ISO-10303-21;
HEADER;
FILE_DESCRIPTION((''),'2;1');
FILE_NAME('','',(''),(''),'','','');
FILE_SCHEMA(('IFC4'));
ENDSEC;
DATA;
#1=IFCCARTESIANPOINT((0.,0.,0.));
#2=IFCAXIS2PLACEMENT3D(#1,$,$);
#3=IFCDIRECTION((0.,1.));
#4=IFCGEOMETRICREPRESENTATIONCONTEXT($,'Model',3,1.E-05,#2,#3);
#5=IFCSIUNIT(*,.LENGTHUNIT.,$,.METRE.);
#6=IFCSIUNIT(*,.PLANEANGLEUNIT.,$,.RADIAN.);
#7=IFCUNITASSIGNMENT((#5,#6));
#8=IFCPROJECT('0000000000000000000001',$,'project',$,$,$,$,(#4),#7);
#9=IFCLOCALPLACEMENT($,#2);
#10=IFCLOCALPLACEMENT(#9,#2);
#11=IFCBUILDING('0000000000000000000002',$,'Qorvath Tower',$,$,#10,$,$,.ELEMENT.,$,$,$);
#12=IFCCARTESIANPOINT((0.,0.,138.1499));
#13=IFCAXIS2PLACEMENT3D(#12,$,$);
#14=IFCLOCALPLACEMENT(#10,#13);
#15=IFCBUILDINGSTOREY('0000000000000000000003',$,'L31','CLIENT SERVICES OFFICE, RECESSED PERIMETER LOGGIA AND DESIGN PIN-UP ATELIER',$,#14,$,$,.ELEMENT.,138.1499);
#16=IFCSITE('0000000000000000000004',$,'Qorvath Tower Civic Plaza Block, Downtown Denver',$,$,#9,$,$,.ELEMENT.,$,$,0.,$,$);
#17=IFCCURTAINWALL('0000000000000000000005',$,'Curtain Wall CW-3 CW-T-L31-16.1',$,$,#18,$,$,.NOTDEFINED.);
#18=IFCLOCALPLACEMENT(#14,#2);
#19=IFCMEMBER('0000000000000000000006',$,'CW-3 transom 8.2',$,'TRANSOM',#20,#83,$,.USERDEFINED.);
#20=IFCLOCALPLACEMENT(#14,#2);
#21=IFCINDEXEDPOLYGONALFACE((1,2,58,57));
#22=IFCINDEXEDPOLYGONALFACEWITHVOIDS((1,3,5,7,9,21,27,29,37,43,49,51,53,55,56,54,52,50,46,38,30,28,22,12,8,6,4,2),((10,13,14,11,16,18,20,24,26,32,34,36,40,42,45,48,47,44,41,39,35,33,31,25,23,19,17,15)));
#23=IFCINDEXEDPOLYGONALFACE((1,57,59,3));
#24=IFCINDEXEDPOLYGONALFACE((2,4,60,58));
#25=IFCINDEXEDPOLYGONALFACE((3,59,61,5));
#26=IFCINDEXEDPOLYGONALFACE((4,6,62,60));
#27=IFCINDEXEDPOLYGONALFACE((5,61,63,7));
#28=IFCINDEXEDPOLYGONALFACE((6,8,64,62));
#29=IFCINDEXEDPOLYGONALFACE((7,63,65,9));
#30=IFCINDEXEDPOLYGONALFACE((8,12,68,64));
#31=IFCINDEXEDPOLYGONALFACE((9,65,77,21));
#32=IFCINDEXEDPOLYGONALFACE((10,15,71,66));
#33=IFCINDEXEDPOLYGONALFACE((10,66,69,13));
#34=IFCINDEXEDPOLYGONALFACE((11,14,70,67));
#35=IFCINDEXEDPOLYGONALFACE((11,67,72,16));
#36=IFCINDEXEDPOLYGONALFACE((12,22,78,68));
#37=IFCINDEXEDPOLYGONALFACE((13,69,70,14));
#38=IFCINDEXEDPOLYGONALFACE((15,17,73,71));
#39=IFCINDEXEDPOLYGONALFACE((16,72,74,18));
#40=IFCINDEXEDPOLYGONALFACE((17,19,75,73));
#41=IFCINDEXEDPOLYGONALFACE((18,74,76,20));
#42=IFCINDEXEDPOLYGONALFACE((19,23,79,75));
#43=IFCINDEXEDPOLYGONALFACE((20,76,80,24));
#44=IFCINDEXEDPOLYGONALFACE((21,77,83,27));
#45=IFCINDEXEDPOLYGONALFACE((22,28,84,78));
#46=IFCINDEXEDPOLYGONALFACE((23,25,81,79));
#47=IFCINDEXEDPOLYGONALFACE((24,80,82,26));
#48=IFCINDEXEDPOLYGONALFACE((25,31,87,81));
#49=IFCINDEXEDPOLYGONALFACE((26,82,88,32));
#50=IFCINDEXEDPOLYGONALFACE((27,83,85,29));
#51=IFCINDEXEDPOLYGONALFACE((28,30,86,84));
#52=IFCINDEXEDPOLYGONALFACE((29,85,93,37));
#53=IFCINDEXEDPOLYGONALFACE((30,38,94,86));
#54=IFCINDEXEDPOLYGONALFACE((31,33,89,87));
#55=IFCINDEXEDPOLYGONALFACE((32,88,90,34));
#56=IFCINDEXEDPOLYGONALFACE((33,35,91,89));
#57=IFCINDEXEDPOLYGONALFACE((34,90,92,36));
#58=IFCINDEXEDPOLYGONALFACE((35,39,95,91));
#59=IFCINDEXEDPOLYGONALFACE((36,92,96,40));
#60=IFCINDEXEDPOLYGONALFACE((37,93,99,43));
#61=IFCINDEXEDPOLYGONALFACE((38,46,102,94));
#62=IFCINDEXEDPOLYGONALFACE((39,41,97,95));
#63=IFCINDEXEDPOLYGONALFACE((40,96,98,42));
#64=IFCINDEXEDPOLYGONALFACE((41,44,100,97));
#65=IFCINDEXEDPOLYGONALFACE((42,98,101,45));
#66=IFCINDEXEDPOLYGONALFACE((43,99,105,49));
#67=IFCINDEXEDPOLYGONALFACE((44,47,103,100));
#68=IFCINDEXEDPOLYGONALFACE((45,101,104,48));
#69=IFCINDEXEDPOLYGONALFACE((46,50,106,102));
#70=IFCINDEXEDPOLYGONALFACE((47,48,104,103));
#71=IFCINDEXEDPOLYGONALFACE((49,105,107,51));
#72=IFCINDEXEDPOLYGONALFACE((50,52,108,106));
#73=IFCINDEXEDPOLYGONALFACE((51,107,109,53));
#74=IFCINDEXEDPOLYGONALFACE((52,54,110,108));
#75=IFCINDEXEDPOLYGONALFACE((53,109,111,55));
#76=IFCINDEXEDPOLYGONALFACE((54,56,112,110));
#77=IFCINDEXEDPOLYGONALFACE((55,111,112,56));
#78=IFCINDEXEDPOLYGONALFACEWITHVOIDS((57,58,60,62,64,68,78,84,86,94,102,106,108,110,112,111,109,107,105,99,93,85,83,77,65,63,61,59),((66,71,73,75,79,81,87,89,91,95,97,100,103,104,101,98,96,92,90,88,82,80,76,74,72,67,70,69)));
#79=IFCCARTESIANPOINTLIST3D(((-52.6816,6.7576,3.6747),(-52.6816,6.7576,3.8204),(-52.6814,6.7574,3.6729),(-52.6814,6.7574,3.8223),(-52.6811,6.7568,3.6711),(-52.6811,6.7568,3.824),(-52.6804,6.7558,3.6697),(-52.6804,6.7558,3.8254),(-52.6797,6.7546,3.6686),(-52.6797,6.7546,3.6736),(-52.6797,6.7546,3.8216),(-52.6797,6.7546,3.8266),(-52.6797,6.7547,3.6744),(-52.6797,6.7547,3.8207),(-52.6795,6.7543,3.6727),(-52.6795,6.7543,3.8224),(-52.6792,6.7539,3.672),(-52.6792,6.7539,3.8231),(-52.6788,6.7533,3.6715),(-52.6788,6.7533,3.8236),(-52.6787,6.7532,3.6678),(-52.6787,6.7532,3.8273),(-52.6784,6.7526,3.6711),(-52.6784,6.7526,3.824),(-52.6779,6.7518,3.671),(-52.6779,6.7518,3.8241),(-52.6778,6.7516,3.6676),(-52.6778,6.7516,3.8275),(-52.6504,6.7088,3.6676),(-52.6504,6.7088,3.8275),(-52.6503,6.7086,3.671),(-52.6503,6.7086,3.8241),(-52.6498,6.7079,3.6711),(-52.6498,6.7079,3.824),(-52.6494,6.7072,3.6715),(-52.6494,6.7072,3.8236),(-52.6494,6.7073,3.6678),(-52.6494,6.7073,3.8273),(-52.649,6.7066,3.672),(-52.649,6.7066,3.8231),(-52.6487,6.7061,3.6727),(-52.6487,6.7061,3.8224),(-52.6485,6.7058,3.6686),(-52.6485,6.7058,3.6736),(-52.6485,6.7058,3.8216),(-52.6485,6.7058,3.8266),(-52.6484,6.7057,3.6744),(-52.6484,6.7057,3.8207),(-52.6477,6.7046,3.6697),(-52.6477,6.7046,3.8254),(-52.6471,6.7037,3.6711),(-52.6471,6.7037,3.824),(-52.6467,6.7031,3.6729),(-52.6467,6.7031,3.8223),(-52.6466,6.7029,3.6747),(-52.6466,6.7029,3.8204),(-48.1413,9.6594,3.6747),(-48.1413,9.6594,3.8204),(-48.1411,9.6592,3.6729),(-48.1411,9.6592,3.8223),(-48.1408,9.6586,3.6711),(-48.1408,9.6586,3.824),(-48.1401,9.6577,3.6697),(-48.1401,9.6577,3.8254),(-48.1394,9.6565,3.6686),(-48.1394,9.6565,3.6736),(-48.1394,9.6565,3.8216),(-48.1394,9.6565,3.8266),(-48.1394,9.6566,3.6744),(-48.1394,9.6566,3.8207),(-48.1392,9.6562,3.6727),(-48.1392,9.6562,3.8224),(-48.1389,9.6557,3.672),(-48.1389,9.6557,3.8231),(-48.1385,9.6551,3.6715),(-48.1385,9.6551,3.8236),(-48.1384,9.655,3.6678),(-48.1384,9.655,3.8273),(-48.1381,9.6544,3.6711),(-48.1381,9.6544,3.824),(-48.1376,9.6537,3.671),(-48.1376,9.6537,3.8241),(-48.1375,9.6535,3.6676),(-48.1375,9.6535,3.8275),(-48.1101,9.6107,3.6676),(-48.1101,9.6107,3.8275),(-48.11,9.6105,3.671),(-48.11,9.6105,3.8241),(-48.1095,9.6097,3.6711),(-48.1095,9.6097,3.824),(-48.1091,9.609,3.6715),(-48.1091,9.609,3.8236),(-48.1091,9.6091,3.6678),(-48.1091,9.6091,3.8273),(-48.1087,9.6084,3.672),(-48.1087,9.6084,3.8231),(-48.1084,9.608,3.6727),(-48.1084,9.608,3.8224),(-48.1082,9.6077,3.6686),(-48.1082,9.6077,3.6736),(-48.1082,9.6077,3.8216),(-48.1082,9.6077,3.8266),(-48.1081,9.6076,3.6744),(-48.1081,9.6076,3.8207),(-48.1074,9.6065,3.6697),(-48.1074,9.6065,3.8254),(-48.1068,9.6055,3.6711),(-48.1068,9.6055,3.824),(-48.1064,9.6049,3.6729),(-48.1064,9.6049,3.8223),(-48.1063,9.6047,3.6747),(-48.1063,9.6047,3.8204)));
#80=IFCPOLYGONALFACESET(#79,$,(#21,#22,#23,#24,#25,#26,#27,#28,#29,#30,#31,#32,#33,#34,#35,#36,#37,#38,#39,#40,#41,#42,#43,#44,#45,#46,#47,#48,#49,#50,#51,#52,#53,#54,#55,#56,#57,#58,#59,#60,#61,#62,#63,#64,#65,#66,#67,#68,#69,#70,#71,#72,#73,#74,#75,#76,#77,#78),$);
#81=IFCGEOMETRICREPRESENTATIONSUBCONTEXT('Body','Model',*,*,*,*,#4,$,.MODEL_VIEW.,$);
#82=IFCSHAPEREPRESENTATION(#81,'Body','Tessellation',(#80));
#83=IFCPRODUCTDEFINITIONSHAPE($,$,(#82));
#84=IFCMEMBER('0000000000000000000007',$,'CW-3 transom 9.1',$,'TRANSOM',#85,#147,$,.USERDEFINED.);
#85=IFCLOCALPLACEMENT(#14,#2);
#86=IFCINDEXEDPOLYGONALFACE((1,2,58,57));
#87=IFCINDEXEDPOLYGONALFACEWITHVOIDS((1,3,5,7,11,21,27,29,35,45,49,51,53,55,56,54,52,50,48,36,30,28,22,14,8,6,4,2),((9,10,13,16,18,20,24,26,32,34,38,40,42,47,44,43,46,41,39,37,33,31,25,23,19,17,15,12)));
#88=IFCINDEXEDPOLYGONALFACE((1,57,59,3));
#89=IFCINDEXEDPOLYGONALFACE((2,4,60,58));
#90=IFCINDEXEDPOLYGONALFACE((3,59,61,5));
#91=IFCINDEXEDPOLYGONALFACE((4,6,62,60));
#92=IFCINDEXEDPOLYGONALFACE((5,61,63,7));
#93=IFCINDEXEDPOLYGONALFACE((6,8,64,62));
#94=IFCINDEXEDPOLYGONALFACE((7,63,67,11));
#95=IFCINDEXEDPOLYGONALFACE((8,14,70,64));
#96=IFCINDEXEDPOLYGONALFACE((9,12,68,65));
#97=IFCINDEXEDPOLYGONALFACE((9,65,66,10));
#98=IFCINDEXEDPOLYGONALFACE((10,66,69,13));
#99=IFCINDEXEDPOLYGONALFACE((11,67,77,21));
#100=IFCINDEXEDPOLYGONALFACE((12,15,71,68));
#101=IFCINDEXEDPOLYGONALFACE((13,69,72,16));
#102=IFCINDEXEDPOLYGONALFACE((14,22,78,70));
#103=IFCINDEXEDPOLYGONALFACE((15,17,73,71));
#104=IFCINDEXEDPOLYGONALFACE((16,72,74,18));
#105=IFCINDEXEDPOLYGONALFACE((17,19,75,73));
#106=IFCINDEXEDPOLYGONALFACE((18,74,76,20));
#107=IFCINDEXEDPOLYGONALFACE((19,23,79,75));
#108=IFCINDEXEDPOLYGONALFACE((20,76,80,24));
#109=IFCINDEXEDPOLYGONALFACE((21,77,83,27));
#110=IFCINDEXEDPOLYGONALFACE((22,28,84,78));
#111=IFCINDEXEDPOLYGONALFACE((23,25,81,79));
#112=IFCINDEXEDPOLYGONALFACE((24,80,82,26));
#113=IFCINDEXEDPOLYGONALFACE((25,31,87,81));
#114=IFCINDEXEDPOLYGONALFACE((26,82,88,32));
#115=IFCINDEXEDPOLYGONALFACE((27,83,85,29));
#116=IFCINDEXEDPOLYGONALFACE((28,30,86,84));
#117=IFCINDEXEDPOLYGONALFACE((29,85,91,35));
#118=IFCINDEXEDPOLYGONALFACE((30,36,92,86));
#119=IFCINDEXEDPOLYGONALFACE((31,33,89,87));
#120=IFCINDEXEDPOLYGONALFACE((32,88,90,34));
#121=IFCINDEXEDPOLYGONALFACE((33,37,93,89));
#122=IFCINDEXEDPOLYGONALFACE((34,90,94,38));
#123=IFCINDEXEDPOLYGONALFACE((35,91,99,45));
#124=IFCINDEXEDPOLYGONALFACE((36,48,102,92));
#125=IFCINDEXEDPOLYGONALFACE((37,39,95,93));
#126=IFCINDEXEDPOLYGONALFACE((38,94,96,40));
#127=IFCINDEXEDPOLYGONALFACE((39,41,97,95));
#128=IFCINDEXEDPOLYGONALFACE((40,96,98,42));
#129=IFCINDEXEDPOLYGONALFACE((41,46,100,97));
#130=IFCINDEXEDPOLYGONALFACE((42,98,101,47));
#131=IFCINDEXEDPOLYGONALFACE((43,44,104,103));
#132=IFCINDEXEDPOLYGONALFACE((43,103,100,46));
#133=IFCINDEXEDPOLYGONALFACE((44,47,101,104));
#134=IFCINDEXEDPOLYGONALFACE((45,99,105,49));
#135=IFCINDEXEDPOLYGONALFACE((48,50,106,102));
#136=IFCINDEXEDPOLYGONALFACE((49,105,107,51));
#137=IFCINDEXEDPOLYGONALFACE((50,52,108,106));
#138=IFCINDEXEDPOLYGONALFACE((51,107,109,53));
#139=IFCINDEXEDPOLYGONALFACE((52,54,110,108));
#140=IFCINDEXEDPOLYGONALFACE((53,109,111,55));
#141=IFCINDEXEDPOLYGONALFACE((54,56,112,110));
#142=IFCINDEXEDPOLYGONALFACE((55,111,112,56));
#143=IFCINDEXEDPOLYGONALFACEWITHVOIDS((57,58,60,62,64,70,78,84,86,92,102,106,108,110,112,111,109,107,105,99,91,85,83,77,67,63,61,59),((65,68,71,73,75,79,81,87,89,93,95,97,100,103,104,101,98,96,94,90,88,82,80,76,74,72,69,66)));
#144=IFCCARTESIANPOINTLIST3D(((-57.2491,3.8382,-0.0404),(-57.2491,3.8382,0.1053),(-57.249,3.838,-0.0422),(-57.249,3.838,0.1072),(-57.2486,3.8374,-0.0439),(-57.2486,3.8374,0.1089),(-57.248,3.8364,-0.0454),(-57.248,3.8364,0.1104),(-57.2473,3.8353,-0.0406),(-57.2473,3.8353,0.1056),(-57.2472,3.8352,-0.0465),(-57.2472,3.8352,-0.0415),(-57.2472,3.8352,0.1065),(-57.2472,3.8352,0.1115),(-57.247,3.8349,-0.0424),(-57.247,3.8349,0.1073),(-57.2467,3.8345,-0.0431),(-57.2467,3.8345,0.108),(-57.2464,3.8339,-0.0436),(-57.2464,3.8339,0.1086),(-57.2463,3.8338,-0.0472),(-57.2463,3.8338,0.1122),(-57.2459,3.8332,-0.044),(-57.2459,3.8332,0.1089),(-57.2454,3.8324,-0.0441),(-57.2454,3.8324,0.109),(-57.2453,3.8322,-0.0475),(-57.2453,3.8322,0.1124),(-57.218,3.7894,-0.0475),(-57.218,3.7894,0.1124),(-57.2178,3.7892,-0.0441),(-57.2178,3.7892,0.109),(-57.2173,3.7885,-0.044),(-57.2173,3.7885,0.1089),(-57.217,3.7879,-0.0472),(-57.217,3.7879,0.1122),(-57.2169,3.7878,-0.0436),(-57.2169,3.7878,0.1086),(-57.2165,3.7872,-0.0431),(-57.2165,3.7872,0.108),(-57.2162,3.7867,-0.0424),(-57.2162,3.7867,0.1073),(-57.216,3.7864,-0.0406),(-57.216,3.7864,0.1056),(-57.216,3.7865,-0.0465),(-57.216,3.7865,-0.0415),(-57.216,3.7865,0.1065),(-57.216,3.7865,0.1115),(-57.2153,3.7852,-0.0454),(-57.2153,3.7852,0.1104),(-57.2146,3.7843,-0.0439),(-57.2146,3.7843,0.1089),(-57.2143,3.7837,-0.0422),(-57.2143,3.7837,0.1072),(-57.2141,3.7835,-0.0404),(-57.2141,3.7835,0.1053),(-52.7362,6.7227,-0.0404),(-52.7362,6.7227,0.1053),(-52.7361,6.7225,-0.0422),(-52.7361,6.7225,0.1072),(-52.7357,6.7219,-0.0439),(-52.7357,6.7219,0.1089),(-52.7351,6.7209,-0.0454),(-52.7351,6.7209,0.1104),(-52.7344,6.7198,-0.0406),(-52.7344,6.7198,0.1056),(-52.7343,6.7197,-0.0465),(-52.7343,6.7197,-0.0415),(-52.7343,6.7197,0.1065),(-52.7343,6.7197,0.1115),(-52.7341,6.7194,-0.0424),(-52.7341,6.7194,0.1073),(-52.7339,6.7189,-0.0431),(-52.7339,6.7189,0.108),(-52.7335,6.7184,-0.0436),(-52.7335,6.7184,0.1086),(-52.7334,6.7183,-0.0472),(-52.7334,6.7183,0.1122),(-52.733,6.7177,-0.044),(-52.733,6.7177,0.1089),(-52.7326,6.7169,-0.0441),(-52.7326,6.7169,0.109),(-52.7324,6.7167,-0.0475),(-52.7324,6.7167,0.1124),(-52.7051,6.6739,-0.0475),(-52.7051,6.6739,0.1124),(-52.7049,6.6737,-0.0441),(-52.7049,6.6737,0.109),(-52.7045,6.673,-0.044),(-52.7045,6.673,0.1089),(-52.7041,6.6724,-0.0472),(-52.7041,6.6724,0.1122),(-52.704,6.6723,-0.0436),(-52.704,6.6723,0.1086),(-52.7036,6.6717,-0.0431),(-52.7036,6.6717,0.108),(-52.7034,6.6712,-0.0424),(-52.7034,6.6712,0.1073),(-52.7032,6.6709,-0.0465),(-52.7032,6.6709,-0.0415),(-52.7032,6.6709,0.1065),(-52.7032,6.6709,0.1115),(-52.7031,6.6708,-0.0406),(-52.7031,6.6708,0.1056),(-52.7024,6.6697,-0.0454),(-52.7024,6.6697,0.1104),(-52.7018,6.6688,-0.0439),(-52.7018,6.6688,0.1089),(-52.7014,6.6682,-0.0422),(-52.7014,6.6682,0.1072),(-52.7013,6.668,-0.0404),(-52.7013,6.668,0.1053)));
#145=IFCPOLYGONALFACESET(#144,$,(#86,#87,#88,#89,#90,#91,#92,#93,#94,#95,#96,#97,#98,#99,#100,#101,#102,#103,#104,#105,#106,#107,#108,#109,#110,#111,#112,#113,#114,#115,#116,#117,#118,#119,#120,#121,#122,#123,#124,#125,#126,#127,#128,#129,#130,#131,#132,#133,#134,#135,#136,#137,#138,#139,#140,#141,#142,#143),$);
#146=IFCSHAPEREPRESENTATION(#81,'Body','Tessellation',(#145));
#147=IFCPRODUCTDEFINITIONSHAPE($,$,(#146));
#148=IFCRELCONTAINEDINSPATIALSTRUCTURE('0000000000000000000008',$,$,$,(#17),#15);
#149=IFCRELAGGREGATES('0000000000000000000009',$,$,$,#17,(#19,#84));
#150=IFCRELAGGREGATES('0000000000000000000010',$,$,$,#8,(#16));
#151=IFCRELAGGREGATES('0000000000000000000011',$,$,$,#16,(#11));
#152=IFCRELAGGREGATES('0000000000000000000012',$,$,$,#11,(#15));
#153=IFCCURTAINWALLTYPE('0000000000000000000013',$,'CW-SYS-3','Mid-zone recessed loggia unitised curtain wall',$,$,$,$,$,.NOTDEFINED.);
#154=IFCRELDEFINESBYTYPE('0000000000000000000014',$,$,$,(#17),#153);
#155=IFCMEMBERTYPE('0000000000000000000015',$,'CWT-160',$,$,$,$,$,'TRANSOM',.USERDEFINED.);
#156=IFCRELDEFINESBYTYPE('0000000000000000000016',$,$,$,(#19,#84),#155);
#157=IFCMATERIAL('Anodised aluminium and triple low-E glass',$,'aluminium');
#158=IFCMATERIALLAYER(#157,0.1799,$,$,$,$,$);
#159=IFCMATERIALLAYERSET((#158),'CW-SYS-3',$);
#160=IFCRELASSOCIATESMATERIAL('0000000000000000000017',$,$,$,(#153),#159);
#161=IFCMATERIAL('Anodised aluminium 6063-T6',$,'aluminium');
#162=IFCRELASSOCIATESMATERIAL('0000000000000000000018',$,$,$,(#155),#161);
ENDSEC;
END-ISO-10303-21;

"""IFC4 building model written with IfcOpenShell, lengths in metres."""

from ifc_helpers import new_model, si_unit, direction, frame, origin, origin_2d, place, context, subcontext, project, spatial, hollow_rectangle, extrude, material, layer, layer_set, material_profile, profile_set, type_object, element, aggregate, save


model = new_model("IFC4")

# Units and contexts
model_context = context("Model", 3, precision=1e-05, world=origin(), true_north=direction((0.0, 1.0)))
body_context = subcontext(model_context, "Body", "Model", "MODEL_VIEW")
ifc_project = project(units=[si_unit("LENGTHUNIT", "METRE"), si_unit("PLANEANGLEUNIT", "RADIAN")], contexts=[model_context])

# Site, building, storey
site_placement = place(None, origin())
site = spatial("IfcSite", under=ifc_project, at=site_placement, Name="Qorvath Tower Civic Plaza Block, Downtown Denver", CompositionType="ELEMENT", RefElevation=0.0)
building_placement = place(site_placement, origin())
building = spatial("IfcBuilding", under=site, at=building_placement, Name="Qorvath Tower", CompositionType="ELEMENT")
storey_placement = place(building_placement, frame((0.0, 0.0, 138.1499)))
storey = spatial("IfcBuildingStorey", under=building, at=storey_placement, Name="L31", Description="CLIENT SERVICES OFFICE, RECESSED PERIMETER LOGGIA AND DESIGN PIN-UP ATELIER", CompositionType="ELEMENT", Elevation=138.1499)

# Curtain wall, members
ifc_material_1 = material(Name="Anodised aluminium and triple low-E glass", Category="aluminium")
ifc_layer_1 = layer(ifc_material_1, 0.1799)
ifc_layer_set_1 = layer_set([ifc_layer_1], Name="CW-SYS-3")
curtain_wall_type = type_object("IfcCurtainWallType", Name="CW-SYS-3", Description="Mid-zone recessed loggia unitised curtain wall", PredefinedType="NOTDEFINED", material=ifc_layer_set_1)
curtain_wall_placement = place(storey_placement, origin())
curtain_wall = element("IfcCurtainWall", 1, at=curtain_wall_placement, inside=storey, type_object=curtain_wall_type, Name="Curtain Wall CW-3 CW-T-L31-16.1", PredefinedType="NOTDEFINED")
ifc_material_2 = material(Name="Anodised aluminium 6063-T6", Category="aluminium")
ifc_material_profile_1 = material_profile(ifc_material_2, hollow_rectangle(XDim=0.0649, YDim=0.1599, WallThickness=0.0034, InnerFilletRadius=0.0034, OuterFilletRadius=0.0071, at=origin_2d()), Name="CWT 160x65")
ifc_profile_set_1 = profile_set([ifc_material_profile_1], Name="Anodised aluminium 6063-T6")
member_type_1 = type_object("IfcMemberType", Name="CWT-160", ElementType="TRANSOM", PredefinedType="USERDEFINED", material=ifc_profile_set_1)
member_1_placement = place(storey_placement, frame((-48.1238, 9.6321, 3.7476), z_axis=(-0.842602, -0.538537, 0.0), x_axis=(0.538537, -0.842602, 0.0)))
member_1 = element("IfcMember", 2, at=member_1_placement, type_object=member_type_1, Name="CW-3 transom 8.2", ObjectType="TRANSOM", PredefinedType="USERDEFINED", context=body_context, shape_type="SweptSolid", body=[
    extrude(hollow_rectangle(XDim=0.0649, YDim=0.1599, WallThickness=0.0034, InnerFilletRadius=0.0034, OuterFilletRadius=0.0071, at=origin_2d()), origin(), (0.0, 0.0, 1.0), 5.3884),
])
member_2_placement = place(storey_placement, frame((-52.7188, 6.6953, 0.0325), z_axis=(-0.84259, -0.538556, 0.0), x_axis=(0.538556, -0.84259, 0.0)))
member_2 = element("IfcMember", 3, at=member_2_placement, type_object=member_type_1, Name="CW-3 transom 9.1", ObjectType="TRANSOM", PredefinedType="USERDEFINED", context=body_context, shape_type="SweptSolid", body=[
    extrude(hollow_rectangle(XDim=0.0649, YDim=0.1599, WallThickness=0.0034, InnerFilletRadius=0.0034, OuterFilletRadius=0.0071, at=origin_2d()), origin(), (0.0, 0.0, 1.0), 5.356),
])

aggregate(curtain_wall, [member_1, member_2])

save(model, "model.ifc")
